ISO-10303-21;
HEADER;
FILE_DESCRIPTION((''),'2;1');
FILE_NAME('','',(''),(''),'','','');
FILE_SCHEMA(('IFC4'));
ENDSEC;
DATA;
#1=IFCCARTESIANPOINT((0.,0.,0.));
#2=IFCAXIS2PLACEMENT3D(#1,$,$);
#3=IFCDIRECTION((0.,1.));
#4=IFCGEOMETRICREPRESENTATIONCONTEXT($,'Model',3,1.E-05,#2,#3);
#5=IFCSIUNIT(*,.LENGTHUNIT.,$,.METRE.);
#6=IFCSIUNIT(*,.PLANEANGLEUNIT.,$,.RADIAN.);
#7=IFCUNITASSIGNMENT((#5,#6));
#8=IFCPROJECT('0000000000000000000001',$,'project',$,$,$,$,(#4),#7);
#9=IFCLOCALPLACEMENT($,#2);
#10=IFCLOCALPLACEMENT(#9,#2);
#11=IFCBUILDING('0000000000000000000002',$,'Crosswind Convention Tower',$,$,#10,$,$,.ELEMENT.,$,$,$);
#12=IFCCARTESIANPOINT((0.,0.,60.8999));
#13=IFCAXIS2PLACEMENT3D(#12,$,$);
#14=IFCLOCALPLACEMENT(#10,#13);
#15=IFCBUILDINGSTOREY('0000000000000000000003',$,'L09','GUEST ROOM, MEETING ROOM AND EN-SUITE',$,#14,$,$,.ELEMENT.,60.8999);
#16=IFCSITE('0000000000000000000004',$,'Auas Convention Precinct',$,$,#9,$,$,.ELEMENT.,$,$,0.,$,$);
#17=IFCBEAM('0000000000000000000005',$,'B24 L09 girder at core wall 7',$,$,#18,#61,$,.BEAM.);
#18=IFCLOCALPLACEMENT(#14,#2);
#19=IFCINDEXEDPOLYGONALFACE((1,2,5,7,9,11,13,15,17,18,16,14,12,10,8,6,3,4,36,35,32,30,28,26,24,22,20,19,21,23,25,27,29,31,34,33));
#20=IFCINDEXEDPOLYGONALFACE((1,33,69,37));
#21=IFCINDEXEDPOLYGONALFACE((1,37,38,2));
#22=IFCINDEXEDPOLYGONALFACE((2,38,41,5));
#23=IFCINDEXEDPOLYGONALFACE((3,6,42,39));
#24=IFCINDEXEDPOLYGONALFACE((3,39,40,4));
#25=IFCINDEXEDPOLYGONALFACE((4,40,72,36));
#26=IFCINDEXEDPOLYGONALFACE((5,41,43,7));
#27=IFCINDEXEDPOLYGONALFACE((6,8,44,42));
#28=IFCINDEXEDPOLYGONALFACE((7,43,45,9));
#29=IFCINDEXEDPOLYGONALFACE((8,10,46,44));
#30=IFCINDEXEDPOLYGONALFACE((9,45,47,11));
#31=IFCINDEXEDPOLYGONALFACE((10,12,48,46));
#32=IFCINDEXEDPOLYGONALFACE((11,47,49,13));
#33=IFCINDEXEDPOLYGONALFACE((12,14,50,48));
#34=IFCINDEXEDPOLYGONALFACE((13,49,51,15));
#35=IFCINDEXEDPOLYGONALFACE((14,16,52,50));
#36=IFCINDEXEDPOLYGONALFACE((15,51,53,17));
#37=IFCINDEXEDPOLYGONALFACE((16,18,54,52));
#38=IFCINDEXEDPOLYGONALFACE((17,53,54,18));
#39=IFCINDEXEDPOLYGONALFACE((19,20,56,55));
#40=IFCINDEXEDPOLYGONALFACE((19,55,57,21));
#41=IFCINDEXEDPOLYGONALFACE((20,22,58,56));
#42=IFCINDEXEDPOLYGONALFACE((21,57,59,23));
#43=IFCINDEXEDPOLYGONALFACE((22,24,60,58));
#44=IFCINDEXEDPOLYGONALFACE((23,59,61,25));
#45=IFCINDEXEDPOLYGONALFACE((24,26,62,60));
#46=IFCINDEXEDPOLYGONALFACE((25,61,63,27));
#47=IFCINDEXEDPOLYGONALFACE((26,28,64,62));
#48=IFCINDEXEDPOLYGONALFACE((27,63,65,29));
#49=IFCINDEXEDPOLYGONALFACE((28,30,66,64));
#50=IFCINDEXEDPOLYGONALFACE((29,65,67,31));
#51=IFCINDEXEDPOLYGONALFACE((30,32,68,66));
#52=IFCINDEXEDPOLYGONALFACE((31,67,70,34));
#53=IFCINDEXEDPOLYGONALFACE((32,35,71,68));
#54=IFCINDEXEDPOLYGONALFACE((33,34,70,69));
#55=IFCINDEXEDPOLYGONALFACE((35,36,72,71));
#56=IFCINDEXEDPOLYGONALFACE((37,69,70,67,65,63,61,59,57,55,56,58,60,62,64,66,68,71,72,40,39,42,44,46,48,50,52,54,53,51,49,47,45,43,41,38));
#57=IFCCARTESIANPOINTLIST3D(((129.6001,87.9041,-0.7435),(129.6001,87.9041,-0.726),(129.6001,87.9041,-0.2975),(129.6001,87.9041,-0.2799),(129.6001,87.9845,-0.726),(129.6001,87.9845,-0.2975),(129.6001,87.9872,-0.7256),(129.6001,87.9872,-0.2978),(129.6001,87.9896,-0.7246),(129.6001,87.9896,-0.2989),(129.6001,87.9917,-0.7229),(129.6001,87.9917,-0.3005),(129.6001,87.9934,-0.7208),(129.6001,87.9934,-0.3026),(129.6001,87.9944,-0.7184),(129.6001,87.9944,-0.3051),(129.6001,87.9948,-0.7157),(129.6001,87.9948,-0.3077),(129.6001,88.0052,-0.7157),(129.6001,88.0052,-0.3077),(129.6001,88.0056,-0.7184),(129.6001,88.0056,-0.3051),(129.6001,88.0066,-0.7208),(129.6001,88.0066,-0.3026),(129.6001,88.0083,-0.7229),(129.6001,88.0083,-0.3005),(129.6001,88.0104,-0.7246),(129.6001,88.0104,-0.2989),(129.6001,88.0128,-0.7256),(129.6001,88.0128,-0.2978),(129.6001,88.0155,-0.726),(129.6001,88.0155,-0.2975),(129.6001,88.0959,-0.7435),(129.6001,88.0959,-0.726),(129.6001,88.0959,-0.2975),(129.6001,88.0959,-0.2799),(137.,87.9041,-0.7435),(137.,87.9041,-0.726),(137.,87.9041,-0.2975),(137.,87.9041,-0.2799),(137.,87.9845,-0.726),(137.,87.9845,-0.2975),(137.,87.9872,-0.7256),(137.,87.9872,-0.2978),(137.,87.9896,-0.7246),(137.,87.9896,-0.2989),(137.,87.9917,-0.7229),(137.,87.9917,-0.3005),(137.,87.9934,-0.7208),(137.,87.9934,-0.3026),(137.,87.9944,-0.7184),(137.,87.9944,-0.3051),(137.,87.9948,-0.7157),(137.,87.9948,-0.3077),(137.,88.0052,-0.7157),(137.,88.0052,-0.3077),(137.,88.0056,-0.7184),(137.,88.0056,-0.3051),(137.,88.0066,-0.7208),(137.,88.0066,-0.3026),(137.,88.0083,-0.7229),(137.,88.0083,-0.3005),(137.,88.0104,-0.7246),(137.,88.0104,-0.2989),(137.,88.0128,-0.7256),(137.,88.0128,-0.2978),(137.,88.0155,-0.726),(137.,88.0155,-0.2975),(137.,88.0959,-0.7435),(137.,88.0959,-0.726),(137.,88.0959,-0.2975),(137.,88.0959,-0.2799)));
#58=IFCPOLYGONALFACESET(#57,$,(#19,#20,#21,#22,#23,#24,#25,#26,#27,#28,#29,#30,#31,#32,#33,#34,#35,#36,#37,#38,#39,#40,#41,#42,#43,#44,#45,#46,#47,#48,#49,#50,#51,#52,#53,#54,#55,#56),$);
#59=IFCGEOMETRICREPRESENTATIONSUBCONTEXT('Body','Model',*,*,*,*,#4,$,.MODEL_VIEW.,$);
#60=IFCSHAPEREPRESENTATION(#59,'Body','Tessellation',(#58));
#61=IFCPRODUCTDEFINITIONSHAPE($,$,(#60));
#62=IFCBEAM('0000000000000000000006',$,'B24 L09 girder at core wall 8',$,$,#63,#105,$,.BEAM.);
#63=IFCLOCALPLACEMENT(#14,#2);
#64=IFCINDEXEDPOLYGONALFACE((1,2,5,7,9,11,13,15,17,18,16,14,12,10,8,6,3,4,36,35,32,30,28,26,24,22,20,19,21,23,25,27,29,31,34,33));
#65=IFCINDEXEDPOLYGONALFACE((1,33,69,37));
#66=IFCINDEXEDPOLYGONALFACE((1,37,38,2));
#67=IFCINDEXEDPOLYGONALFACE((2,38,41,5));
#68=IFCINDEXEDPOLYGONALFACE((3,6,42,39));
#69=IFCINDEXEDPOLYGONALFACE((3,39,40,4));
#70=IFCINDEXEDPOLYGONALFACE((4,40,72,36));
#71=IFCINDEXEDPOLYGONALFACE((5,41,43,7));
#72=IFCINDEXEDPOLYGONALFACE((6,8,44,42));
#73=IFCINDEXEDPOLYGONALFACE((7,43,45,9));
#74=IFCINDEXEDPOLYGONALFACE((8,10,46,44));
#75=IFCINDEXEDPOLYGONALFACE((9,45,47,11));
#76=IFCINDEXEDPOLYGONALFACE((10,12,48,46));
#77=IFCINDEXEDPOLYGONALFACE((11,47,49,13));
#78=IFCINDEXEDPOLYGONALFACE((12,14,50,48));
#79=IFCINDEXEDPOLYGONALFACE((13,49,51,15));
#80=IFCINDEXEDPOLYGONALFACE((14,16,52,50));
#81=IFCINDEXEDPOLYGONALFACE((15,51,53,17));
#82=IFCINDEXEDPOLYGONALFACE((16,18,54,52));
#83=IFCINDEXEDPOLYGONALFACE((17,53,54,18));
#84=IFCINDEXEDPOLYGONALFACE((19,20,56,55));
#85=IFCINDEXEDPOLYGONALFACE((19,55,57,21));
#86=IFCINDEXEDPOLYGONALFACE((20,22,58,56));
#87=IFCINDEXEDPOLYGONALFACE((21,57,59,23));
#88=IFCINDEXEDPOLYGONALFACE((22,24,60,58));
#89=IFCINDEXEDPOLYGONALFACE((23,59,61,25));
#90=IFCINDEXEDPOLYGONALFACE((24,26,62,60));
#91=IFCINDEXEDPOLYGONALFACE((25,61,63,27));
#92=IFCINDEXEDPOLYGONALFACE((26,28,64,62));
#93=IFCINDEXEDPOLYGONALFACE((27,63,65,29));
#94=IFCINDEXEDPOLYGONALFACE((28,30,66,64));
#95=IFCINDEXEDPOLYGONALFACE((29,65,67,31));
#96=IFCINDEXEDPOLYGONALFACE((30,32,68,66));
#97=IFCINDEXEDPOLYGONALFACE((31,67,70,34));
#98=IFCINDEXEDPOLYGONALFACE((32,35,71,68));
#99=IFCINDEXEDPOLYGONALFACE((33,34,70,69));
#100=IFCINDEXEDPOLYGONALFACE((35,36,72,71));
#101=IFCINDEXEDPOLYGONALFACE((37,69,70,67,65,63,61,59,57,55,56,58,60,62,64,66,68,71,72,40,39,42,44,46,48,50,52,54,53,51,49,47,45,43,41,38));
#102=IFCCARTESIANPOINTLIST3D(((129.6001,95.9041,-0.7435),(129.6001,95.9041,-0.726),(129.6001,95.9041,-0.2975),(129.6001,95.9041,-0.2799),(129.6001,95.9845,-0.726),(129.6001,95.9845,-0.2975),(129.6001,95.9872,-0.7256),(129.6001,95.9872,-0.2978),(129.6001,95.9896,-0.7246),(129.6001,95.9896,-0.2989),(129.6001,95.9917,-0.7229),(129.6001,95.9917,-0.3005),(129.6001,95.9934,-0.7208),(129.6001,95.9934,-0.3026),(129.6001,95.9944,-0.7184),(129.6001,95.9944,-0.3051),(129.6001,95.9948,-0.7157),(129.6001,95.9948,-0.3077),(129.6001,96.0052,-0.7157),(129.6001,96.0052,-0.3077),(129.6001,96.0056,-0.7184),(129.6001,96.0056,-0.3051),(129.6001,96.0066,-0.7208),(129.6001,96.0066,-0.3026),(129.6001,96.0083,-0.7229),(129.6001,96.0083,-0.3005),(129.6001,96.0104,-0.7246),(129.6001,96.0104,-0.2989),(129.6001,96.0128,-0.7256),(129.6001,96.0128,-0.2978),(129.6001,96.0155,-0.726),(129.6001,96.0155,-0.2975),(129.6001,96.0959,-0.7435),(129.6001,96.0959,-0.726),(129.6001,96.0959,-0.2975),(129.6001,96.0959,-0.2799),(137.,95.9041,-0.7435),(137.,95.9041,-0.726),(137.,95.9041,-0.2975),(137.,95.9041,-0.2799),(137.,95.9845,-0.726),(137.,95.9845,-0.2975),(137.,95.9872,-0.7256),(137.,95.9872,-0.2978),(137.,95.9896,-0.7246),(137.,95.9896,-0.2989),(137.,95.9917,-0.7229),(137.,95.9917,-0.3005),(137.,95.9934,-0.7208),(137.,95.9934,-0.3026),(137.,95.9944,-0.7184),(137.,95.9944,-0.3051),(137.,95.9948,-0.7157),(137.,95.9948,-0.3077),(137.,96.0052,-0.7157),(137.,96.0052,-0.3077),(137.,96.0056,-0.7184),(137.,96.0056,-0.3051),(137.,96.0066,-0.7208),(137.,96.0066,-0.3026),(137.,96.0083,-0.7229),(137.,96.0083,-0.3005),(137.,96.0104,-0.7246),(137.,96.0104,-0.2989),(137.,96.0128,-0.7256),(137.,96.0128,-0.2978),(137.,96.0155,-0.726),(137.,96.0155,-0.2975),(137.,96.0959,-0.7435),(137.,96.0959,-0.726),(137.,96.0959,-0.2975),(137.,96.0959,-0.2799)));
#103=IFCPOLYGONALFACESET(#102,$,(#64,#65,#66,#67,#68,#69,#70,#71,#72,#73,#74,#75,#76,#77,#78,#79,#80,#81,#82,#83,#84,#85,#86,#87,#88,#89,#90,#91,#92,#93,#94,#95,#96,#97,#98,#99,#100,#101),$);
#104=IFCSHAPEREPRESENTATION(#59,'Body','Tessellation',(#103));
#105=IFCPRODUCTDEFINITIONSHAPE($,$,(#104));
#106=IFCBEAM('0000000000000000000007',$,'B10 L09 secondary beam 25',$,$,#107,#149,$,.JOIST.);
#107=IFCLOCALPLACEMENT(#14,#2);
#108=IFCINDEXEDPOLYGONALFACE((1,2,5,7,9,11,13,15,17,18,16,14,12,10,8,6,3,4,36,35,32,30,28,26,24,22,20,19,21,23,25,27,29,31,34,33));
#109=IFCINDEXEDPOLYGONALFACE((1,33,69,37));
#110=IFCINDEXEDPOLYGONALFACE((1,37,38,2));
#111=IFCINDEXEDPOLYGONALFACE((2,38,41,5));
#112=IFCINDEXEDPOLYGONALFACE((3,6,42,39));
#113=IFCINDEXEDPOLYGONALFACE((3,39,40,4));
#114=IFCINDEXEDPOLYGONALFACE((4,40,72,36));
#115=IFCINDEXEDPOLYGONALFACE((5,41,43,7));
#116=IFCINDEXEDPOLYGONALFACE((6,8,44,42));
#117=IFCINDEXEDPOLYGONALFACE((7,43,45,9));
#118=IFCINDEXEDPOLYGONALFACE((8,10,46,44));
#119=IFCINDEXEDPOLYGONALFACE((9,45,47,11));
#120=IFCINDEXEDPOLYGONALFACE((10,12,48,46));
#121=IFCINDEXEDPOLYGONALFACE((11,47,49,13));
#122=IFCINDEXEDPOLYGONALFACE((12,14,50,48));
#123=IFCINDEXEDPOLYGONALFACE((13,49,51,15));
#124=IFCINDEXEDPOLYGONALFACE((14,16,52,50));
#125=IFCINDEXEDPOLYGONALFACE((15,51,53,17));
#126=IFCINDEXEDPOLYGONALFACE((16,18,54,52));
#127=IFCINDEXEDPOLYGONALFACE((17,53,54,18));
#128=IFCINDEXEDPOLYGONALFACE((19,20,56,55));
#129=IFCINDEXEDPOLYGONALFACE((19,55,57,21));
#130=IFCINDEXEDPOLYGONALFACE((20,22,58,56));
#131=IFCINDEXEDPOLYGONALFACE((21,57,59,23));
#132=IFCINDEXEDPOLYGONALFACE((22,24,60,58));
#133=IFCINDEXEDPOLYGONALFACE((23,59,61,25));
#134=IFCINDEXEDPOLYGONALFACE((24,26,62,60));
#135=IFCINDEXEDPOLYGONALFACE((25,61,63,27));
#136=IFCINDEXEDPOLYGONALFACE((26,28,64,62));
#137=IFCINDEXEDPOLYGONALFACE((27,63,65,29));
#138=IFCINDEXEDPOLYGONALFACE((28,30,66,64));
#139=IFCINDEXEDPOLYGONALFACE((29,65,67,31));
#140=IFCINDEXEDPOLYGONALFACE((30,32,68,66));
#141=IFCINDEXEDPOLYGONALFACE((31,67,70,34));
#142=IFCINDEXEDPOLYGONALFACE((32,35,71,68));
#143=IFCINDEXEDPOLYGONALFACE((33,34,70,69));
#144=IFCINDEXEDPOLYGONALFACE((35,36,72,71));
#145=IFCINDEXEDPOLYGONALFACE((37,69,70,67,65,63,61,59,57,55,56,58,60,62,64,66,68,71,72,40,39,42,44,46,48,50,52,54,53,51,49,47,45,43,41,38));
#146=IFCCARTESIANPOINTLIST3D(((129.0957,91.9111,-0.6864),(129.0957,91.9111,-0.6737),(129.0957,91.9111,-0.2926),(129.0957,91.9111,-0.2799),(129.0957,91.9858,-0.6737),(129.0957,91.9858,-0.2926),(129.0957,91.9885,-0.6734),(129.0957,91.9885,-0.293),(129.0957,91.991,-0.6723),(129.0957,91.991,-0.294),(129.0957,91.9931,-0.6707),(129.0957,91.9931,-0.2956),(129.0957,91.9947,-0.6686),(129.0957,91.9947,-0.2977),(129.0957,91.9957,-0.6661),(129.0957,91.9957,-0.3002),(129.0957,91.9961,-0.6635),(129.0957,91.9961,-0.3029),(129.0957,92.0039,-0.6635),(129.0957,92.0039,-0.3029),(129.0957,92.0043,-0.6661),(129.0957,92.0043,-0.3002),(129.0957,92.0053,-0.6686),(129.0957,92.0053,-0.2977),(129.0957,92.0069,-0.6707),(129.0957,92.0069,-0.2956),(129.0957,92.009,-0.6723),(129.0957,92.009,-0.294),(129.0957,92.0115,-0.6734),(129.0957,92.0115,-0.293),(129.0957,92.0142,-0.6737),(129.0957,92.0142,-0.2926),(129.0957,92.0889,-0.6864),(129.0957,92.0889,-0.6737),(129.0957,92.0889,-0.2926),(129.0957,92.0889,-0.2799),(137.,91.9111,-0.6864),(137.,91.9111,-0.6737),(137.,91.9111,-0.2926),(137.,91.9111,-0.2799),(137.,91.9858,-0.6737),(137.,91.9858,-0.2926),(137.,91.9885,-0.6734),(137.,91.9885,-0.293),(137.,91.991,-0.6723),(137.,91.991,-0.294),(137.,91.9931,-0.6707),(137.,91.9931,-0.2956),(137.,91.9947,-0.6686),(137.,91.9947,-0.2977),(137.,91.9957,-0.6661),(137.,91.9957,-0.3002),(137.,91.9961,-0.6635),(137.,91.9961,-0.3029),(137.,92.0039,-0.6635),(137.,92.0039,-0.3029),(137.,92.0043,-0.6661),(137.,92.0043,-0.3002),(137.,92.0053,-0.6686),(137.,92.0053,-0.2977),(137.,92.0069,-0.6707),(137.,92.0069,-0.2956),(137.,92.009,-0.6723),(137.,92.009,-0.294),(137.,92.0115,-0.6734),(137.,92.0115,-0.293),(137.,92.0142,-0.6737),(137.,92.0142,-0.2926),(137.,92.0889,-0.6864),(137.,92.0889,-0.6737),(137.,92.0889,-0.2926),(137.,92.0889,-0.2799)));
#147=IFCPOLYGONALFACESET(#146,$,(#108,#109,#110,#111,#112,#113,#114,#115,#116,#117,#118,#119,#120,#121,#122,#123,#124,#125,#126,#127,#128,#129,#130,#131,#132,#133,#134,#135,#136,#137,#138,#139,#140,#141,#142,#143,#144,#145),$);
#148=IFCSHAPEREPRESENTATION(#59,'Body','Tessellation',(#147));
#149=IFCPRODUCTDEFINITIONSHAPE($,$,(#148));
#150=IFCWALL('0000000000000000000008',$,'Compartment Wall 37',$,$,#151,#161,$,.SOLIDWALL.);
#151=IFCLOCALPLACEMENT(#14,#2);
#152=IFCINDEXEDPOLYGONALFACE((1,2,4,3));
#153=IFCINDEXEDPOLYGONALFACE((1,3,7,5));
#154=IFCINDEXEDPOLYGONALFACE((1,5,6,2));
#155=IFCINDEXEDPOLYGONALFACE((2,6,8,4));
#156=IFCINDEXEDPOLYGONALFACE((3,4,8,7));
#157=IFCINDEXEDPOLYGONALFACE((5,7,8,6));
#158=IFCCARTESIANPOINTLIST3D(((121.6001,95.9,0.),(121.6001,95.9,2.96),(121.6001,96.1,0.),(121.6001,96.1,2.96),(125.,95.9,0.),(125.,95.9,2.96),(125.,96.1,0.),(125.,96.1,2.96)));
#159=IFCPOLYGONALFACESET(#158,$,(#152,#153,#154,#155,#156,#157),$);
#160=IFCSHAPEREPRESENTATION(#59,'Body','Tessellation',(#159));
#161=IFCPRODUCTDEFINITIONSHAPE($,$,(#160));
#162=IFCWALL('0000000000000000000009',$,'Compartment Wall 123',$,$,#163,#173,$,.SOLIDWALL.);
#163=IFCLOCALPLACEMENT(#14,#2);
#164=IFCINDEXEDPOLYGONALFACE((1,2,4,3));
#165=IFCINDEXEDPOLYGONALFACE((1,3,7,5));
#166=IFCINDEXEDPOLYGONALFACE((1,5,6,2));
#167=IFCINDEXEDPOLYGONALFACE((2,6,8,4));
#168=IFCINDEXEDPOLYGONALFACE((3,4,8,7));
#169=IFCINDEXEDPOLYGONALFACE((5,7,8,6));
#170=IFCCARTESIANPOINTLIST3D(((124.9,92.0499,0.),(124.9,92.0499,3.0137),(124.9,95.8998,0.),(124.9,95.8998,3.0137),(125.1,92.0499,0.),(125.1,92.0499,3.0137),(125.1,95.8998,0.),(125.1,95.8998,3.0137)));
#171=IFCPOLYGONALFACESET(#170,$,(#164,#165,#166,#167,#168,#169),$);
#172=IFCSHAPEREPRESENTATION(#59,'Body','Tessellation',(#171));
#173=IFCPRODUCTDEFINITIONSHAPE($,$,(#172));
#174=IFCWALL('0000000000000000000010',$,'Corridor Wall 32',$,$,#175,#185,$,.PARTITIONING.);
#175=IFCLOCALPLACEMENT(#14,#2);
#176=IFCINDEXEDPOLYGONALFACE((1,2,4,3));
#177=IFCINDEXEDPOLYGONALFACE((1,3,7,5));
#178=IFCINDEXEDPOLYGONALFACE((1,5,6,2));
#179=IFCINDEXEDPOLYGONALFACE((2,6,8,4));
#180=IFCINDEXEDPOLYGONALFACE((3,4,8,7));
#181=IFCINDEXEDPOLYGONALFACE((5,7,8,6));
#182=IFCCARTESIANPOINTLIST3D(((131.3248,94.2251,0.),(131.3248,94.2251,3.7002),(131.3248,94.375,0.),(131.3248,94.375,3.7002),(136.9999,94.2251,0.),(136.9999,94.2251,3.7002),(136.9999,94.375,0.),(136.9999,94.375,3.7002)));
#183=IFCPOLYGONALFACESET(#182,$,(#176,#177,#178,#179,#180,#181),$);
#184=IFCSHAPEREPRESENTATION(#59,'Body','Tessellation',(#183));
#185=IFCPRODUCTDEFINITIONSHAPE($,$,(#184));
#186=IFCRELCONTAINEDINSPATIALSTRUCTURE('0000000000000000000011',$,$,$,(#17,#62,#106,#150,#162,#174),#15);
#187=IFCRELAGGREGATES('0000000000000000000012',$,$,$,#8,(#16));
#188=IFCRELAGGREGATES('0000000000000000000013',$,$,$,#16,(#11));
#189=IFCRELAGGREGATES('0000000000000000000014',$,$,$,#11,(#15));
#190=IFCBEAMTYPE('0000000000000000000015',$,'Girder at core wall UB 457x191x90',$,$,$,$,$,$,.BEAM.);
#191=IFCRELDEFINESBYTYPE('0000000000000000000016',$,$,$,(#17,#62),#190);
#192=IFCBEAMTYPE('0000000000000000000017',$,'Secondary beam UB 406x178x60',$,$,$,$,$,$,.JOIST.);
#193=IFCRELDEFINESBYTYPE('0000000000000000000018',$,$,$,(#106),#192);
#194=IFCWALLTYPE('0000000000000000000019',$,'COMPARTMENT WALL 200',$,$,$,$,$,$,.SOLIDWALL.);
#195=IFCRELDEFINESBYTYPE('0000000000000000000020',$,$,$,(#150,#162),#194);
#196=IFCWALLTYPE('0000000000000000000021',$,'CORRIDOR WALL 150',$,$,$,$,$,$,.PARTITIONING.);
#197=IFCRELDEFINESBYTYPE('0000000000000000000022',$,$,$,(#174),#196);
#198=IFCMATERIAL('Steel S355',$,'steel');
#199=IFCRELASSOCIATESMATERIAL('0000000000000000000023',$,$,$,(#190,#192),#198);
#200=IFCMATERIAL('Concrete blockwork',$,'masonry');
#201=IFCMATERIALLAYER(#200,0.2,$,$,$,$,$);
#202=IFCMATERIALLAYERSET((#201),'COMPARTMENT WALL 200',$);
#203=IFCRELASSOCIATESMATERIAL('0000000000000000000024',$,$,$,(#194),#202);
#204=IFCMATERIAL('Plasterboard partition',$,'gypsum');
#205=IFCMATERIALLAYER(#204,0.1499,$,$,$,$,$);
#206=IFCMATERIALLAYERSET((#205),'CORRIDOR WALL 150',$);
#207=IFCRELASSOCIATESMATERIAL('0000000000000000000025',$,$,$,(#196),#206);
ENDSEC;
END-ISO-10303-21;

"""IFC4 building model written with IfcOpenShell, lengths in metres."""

from ifc_helpers import new_model, si_unit, direction, frame, frame_2d, origin, origin_2d, place, context, subcontext, project, spatial, rectangle, i_section, extrude, material, layer, layer_set, material_profile, profile_set, type_object, element, save


model = new_model("IFC4")

# Units and contexts
model_context = context("Model", 3, precision=1e-05, world=origin(), true_north=direction((0.0, 1.0)))
body_context = subcontext(model_context, "Body", "Model", "MODEL_VIEW")
ifc_project = project(units=[si_unit("LENGTHUNIT", "METRE"), si_unit("PLANEANGLEUNIT", "RADIAN")], contexts=[model_context])

# Site, building, storey
site_placement = place(None, origin())
site = spatial("IfcSite", under=ifc_project, at=site_placement, Name="Auas Convention Precinct", CompositionType="ELEMENT", RefElevation=0.0)
building_placement = place(site_placement, origin())
building = spatial("IfcBuilding", under=site, at=building_placement, Name="Crosswind Convention Tower", CompositionType="ELEMENT")
storey_placement = place(building_placement, frame((0.0, 0.0, 60.8999)))
storey = spatial("IfcBuildingStorey", under=building, at=storey_placement, Name="L09", Description="GUEST ROOM, MEETING ROOM AND EN-SUITE", CompositionType="ELEMENT", Elevation=60.8999)

# Beams
ifc_material_1 = material(Name="Steel S355", Category="steel")
ifc_material_profile_1 = material_profile(ifc_material_1, i_section(OverallWidth=0.1919, OverallDepth=0.4636, WebThickness=0.0105, FlangeThickness=0.0176, FilletRadius=0.0103, at=origin_2d()), Name="UB 457x191x90")
ifc_profile_set_1 = profile_set([ifc_material_profile_1], Name="Steel S355")
beam_type_1 = type_object("IfcBeamType", Name="Girder at core wall UB 457x191x90", PredefinedType="BEAM", material=ifc_profile_set_1)
for number, where, z_axis, x_axis, name in (
    (1, (129.6001, 88.0, -0.5117), (1.0, 0.0, 0.0), (0.0, 1.0, 0.0), "B24 L09 girder at core wall 7"),
    (2, (129.6001, 96.0, -0.5117), (1.0, 0.0, 0.0), (0.0, 1.0, 0.0), "B24 L09 girder at core wall 8"),
):
    element("IfcBeam", number, at=place(storey_placement, frame(where, z_axis=z_axis, x_axis=x_axis)), inside=storey, type_object=beam_type_1, Name=name, PredefinedType="BEAM", context=body_context, shape_type="SweptSolid", body=[
        extrude(i_section(OverallWidth=0.1919, OverallDepth=0.4636, WebThickness=0.0105, FlangeThickness=0.0176, FilletRadius=0.0103, at=origin_2d()), origin(), (0.0, 0.0, 1.0), 7.3999),
    ])
ifc_material_profile_2 = material_profile(ifc_material_1, i_section(OverallWidth=0.1777, OverallDepth=0.4065, WebThickness=0.0078, FlangeThickness=0.0127, FilletRadius=0.0103, at=origin_2d()), Name="UB 406x178x60")
ifc_profile_set_2 = profile_set([ifc_material_profile_2], Name="Steel S355")
beam_type_2 = type_object("IfcBeamType", Name="Secondary beam UB 406x178x60", PredefinedType="JOIST", material=ifc_profile_set_2)
beam_placement = place(storey_placement, frame((129.0957, 92.0, -0.4832), z_axis=(1.0, 0.0, 0.0), x_axis=(0.0, 1.0, 0.0)))
element("IfcBeam", 3, at=beam_placement, inside=storey, type_object=beam_type_2, Name="B10 L09 secondary beam 25", PredefinedType="JOIST", context=body_context, shape_type="SweptSolid", body=[
    extrude(i_section(OverallWidth=0.1777, OverallDepth=0.4065, WebThickness=0.0078, FlangeThickness=0.0127, FilletRadius=0.0103, at=origin_2d()), origin(), (0.0, 0.0, 1.0), 7.9043),
])

# Walls
ifc_material_2 = material(Name="Concrete blockwork", Category="masonry")
ifc_layer_1 = layer(ifc_material_2, 0.2)
ifc_layer_set_1 = layer_set([ifc_layer_1], Name="COMPARTMENT WALL 200")
wall_type_1 = type_object("IfcWallType", Name="COMPARTMENT WALL 200", PredefinedType="SOLIDWALL", material=ifc_layer_set_1)
wall_1_placement = place(storey_placement, frame((121.6001, 96.0, 0.0), z_axis=(0.0, 0.0, 1.0), x_axis=(1.0, 0.0, 0.0)))
element("IfcWall", 4, at=wall_1_placement, inside=storey, type_object=wall_type_1, Name="Compartment Wall 37", PredefinedType="SOLIDWALL", context=body_context, shape_type="SweptSolid", body=[
    extrude(rectangle(XDim=3.3999, YDim=0.2, at=frame_2d((1.7, 0.0))), origin(), (0.0, 0.0, 1.0), 2.96),
])
wall_2_placement = place(storey_placement, frame((125.0, 92.05, 0.0), z_axis=(0.0, 0.0, 1.0), x_axis=(0.0, 1.0, 0.0)))
element("IfcWall", 5, at=wall_2_placement, inside=storey, type_object=wall_type_1, Name="Compartment Wall 123", PredefinedType="SOLIDWALL", context=body_context, shape_type="SweptSolid", body=[
    extrude(rectangle(XDim=3.8499, YDim=0.2, at=frame_2d((1.9248, 0.0))), origin(), (0.0, 0.0, 1.0), 3.0137),
])
ifc_material_3 = material(Name="Plasterboard partition", Category="gypsum")
ifc_layer_2 = layer(ifc_material_3, 0.1499)
ifc_layer_set_2 = layer_set([ifc_layer_2], Name="CORRIDOR WALL 150")
wall_type_2 = type_object("IfcWallType", Name="CORRIDOR WALL 150", PredefinedType="PARTITIONING", material=ifc_layer_set_2)
wall_3_placement = place(storey_placement, frame((131.325, 94.3, 0.0), z_axis=(0.0, 0.0, 1.0), x_axis=(1.0, 0.0, 0.0)))
element("IfcWall", 6, at=wall_3_placement, inside=storey, type_object=wall_type_2, Name="Corridor Wall 32", PredefinedType="PARTITIONING", context=body_context, shape_type="SweptSolid", body=[
    extrude(rectangle(XDim=5.675, YDim=0.1499, at=frame_2d((2.8374, 0.0))), origin(), (0.0, 0.0, 1.0), 3.7002),
])

save(model, "model.ifc")
